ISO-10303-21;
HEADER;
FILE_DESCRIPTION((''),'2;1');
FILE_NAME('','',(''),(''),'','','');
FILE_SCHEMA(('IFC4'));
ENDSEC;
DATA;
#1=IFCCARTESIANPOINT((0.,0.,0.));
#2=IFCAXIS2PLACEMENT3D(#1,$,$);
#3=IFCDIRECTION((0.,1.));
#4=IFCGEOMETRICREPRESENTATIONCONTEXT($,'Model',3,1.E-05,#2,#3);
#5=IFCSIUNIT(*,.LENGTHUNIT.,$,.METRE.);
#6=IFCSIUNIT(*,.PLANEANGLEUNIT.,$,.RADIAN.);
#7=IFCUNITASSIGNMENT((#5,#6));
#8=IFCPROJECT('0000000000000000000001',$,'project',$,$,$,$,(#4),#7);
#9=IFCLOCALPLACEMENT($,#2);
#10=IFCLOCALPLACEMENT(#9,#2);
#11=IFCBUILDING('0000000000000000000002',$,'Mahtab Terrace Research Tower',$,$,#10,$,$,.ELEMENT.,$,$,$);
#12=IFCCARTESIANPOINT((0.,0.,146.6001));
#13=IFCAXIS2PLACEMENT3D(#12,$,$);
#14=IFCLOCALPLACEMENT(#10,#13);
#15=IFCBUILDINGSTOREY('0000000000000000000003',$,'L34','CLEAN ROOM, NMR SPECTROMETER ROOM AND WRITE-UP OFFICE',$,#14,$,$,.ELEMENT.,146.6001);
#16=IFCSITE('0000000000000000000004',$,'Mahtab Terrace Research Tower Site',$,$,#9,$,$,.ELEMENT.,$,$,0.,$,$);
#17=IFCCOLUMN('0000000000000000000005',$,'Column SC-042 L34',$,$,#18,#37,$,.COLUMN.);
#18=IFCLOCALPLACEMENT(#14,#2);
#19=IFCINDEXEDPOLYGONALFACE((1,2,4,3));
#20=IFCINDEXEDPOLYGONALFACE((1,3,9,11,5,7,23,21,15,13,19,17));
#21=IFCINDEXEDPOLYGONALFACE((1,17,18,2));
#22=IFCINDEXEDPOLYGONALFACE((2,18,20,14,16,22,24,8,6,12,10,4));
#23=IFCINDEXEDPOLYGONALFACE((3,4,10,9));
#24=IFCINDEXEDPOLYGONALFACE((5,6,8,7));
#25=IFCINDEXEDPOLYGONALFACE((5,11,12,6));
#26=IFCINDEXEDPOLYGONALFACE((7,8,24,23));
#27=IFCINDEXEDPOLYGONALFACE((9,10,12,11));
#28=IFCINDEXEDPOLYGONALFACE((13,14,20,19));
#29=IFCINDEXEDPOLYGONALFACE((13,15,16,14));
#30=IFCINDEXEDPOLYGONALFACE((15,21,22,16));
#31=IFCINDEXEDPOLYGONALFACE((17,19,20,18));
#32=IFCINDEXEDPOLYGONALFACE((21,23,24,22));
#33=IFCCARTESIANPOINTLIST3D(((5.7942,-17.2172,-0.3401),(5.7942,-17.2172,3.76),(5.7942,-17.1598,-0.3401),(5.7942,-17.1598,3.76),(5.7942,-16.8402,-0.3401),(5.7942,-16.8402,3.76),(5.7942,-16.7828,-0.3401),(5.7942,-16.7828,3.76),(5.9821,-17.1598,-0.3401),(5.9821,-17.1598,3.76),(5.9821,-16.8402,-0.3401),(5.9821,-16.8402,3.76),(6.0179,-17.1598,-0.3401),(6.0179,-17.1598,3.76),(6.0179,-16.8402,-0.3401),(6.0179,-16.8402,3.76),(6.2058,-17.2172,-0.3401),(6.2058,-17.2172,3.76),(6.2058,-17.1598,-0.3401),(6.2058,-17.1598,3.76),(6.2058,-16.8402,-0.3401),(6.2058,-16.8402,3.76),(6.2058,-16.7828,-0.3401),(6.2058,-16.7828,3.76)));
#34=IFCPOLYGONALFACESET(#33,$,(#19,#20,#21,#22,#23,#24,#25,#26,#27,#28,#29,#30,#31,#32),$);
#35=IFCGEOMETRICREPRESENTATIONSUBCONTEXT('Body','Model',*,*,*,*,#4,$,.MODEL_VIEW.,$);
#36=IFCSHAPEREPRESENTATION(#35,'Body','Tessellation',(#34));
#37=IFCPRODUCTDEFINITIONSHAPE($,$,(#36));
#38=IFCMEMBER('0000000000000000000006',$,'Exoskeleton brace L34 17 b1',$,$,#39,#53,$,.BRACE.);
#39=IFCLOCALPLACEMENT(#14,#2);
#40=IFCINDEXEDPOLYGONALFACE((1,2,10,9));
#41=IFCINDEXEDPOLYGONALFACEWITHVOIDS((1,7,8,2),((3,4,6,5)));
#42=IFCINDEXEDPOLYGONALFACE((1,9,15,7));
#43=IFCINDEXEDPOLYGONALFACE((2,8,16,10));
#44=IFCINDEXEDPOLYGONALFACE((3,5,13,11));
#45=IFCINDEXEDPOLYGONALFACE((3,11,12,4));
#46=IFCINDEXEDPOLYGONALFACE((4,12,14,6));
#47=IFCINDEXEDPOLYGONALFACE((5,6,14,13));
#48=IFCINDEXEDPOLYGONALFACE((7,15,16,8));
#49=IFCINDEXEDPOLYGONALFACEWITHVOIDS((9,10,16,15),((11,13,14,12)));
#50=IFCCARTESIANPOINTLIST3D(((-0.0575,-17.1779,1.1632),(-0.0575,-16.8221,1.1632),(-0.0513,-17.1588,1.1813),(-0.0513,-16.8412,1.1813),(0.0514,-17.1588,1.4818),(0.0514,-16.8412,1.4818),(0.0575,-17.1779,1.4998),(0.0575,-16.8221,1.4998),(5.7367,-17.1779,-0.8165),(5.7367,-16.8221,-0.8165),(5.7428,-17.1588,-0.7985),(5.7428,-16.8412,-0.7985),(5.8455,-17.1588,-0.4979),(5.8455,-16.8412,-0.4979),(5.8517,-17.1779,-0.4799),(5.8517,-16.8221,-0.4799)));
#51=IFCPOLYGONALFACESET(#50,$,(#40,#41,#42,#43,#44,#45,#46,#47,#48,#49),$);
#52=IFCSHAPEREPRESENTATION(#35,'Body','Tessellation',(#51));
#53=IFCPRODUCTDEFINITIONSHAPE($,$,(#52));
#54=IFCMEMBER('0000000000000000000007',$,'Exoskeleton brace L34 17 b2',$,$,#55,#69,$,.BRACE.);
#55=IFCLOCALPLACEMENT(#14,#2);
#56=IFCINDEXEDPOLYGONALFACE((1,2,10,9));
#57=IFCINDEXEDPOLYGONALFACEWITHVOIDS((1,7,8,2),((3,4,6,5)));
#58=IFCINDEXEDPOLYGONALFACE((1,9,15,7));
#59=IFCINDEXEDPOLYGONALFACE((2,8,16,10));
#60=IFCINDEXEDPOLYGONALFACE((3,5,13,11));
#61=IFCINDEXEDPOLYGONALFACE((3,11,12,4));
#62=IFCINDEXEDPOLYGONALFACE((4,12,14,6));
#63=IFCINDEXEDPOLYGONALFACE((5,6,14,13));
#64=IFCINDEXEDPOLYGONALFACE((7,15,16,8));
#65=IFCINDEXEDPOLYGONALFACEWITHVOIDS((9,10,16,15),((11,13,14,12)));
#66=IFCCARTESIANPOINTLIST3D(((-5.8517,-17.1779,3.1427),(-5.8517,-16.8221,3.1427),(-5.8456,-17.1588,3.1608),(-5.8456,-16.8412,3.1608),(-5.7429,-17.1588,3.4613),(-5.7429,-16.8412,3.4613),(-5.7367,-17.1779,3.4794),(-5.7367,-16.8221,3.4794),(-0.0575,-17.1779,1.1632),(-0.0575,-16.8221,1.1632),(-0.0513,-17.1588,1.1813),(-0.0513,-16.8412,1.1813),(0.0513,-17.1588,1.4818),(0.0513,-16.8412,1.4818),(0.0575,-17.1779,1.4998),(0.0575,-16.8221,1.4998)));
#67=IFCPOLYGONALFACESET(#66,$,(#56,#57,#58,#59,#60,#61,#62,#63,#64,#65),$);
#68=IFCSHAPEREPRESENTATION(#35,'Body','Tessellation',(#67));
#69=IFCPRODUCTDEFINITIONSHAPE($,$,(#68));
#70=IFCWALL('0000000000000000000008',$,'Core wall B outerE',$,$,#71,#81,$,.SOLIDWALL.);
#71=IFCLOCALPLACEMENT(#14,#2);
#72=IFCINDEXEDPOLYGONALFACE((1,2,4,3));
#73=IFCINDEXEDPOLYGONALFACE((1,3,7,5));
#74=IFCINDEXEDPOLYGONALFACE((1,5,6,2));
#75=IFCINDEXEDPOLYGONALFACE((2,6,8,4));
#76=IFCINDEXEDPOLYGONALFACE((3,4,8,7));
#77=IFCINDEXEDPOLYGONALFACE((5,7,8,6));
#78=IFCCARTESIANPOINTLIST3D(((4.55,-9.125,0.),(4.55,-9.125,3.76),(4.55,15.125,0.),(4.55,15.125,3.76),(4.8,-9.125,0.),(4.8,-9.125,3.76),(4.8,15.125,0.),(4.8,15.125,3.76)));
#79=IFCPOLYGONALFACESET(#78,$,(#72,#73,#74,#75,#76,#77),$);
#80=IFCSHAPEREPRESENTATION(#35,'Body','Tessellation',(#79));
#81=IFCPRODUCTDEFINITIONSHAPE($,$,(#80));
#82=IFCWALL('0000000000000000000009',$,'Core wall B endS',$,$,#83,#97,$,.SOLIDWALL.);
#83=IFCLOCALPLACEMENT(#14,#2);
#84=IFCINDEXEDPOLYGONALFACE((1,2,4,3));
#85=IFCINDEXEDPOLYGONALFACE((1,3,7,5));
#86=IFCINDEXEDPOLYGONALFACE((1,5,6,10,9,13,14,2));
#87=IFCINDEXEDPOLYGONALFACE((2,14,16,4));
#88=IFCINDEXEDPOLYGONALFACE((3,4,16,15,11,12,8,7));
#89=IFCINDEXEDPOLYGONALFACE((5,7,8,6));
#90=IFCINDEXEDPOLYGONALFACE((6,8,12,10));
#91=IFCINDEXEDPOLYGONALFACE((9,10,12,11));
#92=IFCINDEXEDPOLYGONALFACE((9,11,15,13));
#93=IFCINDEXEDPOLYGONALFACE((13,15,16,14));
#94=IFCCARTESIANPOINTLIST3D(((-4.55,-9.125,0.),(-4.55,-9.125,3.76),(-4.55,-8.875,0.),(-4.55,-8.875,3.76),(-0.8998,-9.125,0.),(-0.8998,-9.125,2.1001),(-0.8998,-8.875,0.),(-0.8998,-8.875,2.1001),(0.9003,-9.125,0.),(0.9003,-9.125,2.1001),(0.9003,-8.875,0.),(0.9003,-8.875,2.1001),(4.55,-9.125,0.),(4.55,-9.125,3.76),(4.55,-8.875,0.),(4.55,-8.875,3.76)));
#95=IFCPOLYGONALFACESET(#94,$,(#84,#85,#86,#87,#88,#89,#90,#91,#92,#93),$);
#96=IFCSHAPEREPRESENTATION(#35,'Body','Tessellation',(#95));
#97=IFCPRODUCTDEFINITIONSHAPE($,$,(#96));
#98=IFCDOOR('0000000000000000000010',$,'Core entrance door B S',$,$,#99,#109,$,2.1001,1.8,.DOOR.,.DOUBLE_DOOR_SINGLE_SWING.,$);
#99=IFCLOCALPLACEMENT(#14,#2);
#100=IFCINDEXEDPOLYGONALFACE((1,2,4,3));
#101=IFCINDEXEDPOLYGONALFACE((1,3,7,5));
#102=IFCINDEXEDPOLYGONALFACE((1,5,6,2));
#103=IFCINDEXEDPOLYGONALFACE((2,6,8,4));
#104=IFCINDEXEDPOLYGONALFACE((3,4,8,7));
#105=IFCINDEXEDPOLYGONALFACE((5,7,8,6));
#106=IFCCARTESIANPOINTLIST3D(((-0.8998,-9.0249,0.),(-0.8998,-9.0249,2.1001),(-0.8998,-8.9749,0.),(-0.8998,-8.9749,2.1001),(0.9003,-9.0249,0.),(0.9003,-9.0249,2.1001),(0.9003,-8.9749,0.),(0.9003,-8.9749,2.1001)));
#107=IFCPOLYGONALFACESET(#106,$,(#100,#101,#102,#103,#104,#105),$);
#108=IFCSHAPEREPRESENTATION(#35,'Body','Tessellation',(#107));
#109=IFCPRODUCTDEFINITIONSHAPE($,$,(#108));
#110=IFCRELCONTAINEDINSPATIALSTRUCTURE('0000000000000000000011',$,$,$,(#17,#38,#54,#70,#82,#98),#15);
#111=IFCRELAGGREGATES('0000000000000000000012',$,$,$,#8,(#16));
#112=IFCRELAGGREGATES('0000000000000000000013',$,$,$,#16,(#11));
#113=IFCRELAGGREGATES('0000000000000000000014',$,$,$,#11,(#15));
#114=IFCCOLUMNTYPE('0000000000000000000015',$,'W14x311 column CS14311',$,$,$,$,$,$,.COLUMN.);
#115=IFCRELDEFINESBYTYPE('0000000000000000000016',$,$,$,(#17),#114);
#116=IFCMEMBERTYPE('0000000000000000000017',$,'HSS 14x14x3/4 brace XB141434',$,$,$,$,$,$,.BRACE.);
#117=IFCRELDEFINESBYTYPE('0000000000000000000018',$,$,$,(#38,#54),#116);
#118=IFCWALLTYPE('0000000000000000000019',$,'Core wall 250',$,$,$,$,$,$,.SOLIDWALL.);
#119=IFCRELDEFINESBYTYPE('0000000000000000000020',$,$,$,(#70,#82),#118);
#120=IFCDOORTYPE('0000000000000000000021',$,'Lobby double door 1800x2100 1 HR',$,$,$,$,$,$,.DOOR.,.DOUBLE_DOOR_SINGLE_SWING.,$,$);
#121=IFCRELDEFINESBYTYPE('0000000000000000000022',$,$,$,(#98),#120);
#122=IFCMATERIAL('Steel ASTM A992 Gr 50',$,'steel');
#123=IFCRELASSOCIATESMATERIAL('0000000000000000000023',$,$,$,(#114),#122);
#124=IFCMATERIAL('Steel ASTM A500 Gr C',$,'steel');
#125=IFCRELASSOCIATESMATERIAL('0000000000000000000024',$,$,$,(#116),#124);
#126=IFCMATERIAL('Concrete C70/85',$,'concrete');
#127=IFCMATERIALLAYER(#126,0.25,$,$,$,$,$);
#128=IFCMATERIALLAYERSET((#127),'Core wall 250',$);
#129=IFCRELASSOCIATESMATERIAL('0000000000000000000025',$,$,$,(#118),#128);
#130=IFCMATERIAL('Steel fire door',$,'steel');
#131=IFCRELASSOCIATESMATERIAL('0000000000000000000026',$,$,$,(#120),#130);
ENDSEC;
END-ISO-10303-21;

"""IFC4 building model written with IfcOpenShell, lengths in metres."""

from ifc_helpers import new_model, si_unit, direction, frame, frame_2d, origin, origin_2d, place, context, subcontext, project, spatial, rectangle, hollow_rectangle, i_section, extrude, material, layer, layer_set, material_profile, profile_set, type_object, element, fill, save


model = new_model("IFC4")

# Units and contexts
model_context = context("Model", 3, precision=1e-05, world=origin(), true_north=direction((0.0, 1.0)))
body_context = subcontext(model_context, "Body", "Model", "MODEL_VIEW")
ifc_project = project(units=[si_unit("LENGTHUNIT", "METRE"), si_unit("PLANEANGLEUNIT", "RADIAN")], contexts=[model_context])

# Site, building, storey
site_placement = place(None, origin())
site = spatial("IfcSite", under=ifc_project, at=site_placement, Name="Mahtab Terrace Research Tower Site", CompositionType="ELEMENT", RefElevation=0.0)
building_placement = place(site_placement, origin())
building = spatial("IfcBuilding", under=site, at=building_placement, Name="Mahtab Terrace Research Tower", CompositionType="ELEMENT")
storey_placement = place(building_placement, frame((0.0, 0.0, 146.6001)))
storey = spatial("IfcBuildingStorey", under=building, at=storey_placement, Name="L34", Description="CLEAN ROOM, NMR SPECTROMETER ROOM AND WRITE-UP OFFICE", CompositionType="ELEMENT", Elevation=146.6001)

# Column
ifc_material_1 = material(Name="Steel ASTM A992 Gr 50", Category="steel")
ifc_material_profile_1 = material_profile(ifc_material_1, i_section(OverallWidth=0.4116, OverallDepth=0.4343, WebThickness=0.0359, FlangeThickness=0.0574, at=origin_2d()), Name="W14X311")
ifc_profile_set_1 = profile_set([ifc_material_profile_1], Name="Steel ASTM A992 Gr 50")
column_type = type_object("IfcColumnType", Name="W14x311 column CS14311", PredefinedType="COLUMN", material=ifc_profile_set_1)
column_placement = place(storey_placement, frame((6.0, -17.0, -0.3401), z_axis=(0.0, 0.0, 1.0), x_axis=(1.0, 0.0, 0.0)))
element("IfcColumn", 1, at=column_placement, inside=storey, type_object=column_type, Name="Column SC-042 L34", PredefinedType="COLUMN", context=body_context, shape_type="SweptSolid", body=[
    extrude(i_section(OverallWidth=0.4116, OverallDepth=0.4343, WebThickness=0.0359, FlangeThickness=0.0574, at=origin_2d()), origin(), (0.0, 0.0, 1.0), 4.1001),
])

# Members
ifc_material_2 = material(Name="Steel ASTM A500 Gr C", Category="steel")
ifc_material_profile_2 = material_profile(ifc_material_2, hollow_rectangle(XDim=0.3557, YDim=0.3557, WallThickness=0.019, at=origin_2d()), Name="HSS14X14X3/4")
ifc_profile_set_2 = profile_set([ifc_material_profile_2], Name="Steel ASTM A500 Gr C")
member_type = type_object("IfcMemberType", Name="HSS 14x14x3/4 brace XB141434", PredefinedType="BRACE", material=ifc_profile_set_2)
for number, where, z_axis, x_axis, name in (
    (2, (5.7942, -17.0, -0.6482), (-0.946288, 0.0, 0.323324), (0.0, -1.0, 0.0), "Exoskeleton brace L34 17 b1"),
    (3, (0.0, -17.0, 1.3315), (-0.9463, 0.0, 0.323288), (0.0, -1.0, 0.0), "Exoskeleton brace L34 17 b2"),
):
    element("IfcMember", number, at=place(storey_placement, frame(where, z_axis=z_axis, x_axis=x_axis)), inside=storey, type_object=member_type, Name=name, PredefinedType="BRACE", context=body_context, shape_type="SweptSolid", body=[
        extrude(hollow_rectangle(XDim=0.3557, YDim=0.3557, WallThickness=0.019, at=origin_2d()), origin(), (0.0, 0.0, 1.0), 6.123),
    ])

# Wall
ifc_material_3 = material(Name="Concrete C70/85", Category="concrete")
ifc_layer_1 = layer(ifc_material_3, 0.25)
ifc_layer_set_1 = layer_set([ifc_layer_1], Name="Core wall 250")
wall_type_1 = type_object("IfcWallType", Name="Core wall 250", PredefinedType="SOLIDWALL", material=ifc_layer_set_1)
wall_1_placement = place(storey_placement, frame((4.675, -9.125, 0.0), z_axis=(0.0, 0.0, 1.0), x_axis=(0.0, 1.0, 0.0)))
element("IfcWall", 4, at=wall_1_placement, inside=storey, type_object=wall_type_1, Name="Core wall B outerE", PredefinedType="SOLIDWALL", context=body_context, shape_type="SweptSolid", body=[
    extrude(rectangle(XDim=24.25, YDim=0.25, at=frame_2d((12.125, 0.0))), origin(), (0.0, 0.0, 1.0), 3.76),
])

# Wall, opening, door
wall_2_placement = place(storey_placement, frame((4.55, -9.0, 0.0), z_axis=(0.0, 0.0, 1.0), x_axis=(-1.0, 0.0, 0.0)))
wall_2 = element("IfcWall", 5, at=wall_2_placement, inside=storey, type_object=wall_type_1, Name="Core wall B endS", PredefinedType="SOLIDWALL", context=body_context, shape_type="SweptSolid", body=[
    extrude(rectangle(XDim=9.1001, YDim=0.25, at=frame_2d((4.55, 0.0))), origin(), (0.0, 0.0, 1.0), 3.76),
])
opening_1_placement = place(wall_2_placement, frame((3.6499, 0.0, 0.0)))
opening_1 = element("IfcOpeningElement", 6, at=opening_1_placement, cuts=wall_2, PredefinedType="OPENING", context=body_context, shape_type="SweptSolid", body=[
    extrude(rectangle(XDim=1.8, YDim=2.1001, at=frame_2d((0.8999, 1.05))), frame((0.0, 0.135, 0.0), z_axis=(0.0, -1.0, 0.0), x_axis=(1.0, 0.0, 0.0)), (0.0, 0.0, 1.0), 0.27),
])
ifc_material_4 = material(Name="Steel fire door", Category="steel")
door_type_1 = type_object("IfcDoorType", Name="Lobby double door 1800x2100 1 HR", OperationType="DOUBLE_DOOR_SINGLE_SWING", PredefinedType="DOOR", material=ifc_material_4)
door_1_placement = place(opening_1_placement, origin())
door_1 = element("IfcDoor", 7, at=door_1_placement, inside=storey, type_object=door_type_1, Name="Core entrance door B S", OperationType="DOUBLE_DOOR_SINGLE_SWING", OverallHeight=2.1001, OverallWidth=1.8, PredefinedType="DOOR", context=body_context, shape_type="SweptSolid", body=[
    extrude(rectangle(XDim=1.8, YDim=2.1001, at=frame_2d((0.8999, 1.05))), frame((0.0, 0.0249, 0.0), z_axis=(0.0, -1.0, 0.0), x_axis=(1.0, 0.0, 0.0)), (0.0, 0.0, 1.0), 0.05),
])
fill(opening_1, door_1)

save(model, "model.ifc")
